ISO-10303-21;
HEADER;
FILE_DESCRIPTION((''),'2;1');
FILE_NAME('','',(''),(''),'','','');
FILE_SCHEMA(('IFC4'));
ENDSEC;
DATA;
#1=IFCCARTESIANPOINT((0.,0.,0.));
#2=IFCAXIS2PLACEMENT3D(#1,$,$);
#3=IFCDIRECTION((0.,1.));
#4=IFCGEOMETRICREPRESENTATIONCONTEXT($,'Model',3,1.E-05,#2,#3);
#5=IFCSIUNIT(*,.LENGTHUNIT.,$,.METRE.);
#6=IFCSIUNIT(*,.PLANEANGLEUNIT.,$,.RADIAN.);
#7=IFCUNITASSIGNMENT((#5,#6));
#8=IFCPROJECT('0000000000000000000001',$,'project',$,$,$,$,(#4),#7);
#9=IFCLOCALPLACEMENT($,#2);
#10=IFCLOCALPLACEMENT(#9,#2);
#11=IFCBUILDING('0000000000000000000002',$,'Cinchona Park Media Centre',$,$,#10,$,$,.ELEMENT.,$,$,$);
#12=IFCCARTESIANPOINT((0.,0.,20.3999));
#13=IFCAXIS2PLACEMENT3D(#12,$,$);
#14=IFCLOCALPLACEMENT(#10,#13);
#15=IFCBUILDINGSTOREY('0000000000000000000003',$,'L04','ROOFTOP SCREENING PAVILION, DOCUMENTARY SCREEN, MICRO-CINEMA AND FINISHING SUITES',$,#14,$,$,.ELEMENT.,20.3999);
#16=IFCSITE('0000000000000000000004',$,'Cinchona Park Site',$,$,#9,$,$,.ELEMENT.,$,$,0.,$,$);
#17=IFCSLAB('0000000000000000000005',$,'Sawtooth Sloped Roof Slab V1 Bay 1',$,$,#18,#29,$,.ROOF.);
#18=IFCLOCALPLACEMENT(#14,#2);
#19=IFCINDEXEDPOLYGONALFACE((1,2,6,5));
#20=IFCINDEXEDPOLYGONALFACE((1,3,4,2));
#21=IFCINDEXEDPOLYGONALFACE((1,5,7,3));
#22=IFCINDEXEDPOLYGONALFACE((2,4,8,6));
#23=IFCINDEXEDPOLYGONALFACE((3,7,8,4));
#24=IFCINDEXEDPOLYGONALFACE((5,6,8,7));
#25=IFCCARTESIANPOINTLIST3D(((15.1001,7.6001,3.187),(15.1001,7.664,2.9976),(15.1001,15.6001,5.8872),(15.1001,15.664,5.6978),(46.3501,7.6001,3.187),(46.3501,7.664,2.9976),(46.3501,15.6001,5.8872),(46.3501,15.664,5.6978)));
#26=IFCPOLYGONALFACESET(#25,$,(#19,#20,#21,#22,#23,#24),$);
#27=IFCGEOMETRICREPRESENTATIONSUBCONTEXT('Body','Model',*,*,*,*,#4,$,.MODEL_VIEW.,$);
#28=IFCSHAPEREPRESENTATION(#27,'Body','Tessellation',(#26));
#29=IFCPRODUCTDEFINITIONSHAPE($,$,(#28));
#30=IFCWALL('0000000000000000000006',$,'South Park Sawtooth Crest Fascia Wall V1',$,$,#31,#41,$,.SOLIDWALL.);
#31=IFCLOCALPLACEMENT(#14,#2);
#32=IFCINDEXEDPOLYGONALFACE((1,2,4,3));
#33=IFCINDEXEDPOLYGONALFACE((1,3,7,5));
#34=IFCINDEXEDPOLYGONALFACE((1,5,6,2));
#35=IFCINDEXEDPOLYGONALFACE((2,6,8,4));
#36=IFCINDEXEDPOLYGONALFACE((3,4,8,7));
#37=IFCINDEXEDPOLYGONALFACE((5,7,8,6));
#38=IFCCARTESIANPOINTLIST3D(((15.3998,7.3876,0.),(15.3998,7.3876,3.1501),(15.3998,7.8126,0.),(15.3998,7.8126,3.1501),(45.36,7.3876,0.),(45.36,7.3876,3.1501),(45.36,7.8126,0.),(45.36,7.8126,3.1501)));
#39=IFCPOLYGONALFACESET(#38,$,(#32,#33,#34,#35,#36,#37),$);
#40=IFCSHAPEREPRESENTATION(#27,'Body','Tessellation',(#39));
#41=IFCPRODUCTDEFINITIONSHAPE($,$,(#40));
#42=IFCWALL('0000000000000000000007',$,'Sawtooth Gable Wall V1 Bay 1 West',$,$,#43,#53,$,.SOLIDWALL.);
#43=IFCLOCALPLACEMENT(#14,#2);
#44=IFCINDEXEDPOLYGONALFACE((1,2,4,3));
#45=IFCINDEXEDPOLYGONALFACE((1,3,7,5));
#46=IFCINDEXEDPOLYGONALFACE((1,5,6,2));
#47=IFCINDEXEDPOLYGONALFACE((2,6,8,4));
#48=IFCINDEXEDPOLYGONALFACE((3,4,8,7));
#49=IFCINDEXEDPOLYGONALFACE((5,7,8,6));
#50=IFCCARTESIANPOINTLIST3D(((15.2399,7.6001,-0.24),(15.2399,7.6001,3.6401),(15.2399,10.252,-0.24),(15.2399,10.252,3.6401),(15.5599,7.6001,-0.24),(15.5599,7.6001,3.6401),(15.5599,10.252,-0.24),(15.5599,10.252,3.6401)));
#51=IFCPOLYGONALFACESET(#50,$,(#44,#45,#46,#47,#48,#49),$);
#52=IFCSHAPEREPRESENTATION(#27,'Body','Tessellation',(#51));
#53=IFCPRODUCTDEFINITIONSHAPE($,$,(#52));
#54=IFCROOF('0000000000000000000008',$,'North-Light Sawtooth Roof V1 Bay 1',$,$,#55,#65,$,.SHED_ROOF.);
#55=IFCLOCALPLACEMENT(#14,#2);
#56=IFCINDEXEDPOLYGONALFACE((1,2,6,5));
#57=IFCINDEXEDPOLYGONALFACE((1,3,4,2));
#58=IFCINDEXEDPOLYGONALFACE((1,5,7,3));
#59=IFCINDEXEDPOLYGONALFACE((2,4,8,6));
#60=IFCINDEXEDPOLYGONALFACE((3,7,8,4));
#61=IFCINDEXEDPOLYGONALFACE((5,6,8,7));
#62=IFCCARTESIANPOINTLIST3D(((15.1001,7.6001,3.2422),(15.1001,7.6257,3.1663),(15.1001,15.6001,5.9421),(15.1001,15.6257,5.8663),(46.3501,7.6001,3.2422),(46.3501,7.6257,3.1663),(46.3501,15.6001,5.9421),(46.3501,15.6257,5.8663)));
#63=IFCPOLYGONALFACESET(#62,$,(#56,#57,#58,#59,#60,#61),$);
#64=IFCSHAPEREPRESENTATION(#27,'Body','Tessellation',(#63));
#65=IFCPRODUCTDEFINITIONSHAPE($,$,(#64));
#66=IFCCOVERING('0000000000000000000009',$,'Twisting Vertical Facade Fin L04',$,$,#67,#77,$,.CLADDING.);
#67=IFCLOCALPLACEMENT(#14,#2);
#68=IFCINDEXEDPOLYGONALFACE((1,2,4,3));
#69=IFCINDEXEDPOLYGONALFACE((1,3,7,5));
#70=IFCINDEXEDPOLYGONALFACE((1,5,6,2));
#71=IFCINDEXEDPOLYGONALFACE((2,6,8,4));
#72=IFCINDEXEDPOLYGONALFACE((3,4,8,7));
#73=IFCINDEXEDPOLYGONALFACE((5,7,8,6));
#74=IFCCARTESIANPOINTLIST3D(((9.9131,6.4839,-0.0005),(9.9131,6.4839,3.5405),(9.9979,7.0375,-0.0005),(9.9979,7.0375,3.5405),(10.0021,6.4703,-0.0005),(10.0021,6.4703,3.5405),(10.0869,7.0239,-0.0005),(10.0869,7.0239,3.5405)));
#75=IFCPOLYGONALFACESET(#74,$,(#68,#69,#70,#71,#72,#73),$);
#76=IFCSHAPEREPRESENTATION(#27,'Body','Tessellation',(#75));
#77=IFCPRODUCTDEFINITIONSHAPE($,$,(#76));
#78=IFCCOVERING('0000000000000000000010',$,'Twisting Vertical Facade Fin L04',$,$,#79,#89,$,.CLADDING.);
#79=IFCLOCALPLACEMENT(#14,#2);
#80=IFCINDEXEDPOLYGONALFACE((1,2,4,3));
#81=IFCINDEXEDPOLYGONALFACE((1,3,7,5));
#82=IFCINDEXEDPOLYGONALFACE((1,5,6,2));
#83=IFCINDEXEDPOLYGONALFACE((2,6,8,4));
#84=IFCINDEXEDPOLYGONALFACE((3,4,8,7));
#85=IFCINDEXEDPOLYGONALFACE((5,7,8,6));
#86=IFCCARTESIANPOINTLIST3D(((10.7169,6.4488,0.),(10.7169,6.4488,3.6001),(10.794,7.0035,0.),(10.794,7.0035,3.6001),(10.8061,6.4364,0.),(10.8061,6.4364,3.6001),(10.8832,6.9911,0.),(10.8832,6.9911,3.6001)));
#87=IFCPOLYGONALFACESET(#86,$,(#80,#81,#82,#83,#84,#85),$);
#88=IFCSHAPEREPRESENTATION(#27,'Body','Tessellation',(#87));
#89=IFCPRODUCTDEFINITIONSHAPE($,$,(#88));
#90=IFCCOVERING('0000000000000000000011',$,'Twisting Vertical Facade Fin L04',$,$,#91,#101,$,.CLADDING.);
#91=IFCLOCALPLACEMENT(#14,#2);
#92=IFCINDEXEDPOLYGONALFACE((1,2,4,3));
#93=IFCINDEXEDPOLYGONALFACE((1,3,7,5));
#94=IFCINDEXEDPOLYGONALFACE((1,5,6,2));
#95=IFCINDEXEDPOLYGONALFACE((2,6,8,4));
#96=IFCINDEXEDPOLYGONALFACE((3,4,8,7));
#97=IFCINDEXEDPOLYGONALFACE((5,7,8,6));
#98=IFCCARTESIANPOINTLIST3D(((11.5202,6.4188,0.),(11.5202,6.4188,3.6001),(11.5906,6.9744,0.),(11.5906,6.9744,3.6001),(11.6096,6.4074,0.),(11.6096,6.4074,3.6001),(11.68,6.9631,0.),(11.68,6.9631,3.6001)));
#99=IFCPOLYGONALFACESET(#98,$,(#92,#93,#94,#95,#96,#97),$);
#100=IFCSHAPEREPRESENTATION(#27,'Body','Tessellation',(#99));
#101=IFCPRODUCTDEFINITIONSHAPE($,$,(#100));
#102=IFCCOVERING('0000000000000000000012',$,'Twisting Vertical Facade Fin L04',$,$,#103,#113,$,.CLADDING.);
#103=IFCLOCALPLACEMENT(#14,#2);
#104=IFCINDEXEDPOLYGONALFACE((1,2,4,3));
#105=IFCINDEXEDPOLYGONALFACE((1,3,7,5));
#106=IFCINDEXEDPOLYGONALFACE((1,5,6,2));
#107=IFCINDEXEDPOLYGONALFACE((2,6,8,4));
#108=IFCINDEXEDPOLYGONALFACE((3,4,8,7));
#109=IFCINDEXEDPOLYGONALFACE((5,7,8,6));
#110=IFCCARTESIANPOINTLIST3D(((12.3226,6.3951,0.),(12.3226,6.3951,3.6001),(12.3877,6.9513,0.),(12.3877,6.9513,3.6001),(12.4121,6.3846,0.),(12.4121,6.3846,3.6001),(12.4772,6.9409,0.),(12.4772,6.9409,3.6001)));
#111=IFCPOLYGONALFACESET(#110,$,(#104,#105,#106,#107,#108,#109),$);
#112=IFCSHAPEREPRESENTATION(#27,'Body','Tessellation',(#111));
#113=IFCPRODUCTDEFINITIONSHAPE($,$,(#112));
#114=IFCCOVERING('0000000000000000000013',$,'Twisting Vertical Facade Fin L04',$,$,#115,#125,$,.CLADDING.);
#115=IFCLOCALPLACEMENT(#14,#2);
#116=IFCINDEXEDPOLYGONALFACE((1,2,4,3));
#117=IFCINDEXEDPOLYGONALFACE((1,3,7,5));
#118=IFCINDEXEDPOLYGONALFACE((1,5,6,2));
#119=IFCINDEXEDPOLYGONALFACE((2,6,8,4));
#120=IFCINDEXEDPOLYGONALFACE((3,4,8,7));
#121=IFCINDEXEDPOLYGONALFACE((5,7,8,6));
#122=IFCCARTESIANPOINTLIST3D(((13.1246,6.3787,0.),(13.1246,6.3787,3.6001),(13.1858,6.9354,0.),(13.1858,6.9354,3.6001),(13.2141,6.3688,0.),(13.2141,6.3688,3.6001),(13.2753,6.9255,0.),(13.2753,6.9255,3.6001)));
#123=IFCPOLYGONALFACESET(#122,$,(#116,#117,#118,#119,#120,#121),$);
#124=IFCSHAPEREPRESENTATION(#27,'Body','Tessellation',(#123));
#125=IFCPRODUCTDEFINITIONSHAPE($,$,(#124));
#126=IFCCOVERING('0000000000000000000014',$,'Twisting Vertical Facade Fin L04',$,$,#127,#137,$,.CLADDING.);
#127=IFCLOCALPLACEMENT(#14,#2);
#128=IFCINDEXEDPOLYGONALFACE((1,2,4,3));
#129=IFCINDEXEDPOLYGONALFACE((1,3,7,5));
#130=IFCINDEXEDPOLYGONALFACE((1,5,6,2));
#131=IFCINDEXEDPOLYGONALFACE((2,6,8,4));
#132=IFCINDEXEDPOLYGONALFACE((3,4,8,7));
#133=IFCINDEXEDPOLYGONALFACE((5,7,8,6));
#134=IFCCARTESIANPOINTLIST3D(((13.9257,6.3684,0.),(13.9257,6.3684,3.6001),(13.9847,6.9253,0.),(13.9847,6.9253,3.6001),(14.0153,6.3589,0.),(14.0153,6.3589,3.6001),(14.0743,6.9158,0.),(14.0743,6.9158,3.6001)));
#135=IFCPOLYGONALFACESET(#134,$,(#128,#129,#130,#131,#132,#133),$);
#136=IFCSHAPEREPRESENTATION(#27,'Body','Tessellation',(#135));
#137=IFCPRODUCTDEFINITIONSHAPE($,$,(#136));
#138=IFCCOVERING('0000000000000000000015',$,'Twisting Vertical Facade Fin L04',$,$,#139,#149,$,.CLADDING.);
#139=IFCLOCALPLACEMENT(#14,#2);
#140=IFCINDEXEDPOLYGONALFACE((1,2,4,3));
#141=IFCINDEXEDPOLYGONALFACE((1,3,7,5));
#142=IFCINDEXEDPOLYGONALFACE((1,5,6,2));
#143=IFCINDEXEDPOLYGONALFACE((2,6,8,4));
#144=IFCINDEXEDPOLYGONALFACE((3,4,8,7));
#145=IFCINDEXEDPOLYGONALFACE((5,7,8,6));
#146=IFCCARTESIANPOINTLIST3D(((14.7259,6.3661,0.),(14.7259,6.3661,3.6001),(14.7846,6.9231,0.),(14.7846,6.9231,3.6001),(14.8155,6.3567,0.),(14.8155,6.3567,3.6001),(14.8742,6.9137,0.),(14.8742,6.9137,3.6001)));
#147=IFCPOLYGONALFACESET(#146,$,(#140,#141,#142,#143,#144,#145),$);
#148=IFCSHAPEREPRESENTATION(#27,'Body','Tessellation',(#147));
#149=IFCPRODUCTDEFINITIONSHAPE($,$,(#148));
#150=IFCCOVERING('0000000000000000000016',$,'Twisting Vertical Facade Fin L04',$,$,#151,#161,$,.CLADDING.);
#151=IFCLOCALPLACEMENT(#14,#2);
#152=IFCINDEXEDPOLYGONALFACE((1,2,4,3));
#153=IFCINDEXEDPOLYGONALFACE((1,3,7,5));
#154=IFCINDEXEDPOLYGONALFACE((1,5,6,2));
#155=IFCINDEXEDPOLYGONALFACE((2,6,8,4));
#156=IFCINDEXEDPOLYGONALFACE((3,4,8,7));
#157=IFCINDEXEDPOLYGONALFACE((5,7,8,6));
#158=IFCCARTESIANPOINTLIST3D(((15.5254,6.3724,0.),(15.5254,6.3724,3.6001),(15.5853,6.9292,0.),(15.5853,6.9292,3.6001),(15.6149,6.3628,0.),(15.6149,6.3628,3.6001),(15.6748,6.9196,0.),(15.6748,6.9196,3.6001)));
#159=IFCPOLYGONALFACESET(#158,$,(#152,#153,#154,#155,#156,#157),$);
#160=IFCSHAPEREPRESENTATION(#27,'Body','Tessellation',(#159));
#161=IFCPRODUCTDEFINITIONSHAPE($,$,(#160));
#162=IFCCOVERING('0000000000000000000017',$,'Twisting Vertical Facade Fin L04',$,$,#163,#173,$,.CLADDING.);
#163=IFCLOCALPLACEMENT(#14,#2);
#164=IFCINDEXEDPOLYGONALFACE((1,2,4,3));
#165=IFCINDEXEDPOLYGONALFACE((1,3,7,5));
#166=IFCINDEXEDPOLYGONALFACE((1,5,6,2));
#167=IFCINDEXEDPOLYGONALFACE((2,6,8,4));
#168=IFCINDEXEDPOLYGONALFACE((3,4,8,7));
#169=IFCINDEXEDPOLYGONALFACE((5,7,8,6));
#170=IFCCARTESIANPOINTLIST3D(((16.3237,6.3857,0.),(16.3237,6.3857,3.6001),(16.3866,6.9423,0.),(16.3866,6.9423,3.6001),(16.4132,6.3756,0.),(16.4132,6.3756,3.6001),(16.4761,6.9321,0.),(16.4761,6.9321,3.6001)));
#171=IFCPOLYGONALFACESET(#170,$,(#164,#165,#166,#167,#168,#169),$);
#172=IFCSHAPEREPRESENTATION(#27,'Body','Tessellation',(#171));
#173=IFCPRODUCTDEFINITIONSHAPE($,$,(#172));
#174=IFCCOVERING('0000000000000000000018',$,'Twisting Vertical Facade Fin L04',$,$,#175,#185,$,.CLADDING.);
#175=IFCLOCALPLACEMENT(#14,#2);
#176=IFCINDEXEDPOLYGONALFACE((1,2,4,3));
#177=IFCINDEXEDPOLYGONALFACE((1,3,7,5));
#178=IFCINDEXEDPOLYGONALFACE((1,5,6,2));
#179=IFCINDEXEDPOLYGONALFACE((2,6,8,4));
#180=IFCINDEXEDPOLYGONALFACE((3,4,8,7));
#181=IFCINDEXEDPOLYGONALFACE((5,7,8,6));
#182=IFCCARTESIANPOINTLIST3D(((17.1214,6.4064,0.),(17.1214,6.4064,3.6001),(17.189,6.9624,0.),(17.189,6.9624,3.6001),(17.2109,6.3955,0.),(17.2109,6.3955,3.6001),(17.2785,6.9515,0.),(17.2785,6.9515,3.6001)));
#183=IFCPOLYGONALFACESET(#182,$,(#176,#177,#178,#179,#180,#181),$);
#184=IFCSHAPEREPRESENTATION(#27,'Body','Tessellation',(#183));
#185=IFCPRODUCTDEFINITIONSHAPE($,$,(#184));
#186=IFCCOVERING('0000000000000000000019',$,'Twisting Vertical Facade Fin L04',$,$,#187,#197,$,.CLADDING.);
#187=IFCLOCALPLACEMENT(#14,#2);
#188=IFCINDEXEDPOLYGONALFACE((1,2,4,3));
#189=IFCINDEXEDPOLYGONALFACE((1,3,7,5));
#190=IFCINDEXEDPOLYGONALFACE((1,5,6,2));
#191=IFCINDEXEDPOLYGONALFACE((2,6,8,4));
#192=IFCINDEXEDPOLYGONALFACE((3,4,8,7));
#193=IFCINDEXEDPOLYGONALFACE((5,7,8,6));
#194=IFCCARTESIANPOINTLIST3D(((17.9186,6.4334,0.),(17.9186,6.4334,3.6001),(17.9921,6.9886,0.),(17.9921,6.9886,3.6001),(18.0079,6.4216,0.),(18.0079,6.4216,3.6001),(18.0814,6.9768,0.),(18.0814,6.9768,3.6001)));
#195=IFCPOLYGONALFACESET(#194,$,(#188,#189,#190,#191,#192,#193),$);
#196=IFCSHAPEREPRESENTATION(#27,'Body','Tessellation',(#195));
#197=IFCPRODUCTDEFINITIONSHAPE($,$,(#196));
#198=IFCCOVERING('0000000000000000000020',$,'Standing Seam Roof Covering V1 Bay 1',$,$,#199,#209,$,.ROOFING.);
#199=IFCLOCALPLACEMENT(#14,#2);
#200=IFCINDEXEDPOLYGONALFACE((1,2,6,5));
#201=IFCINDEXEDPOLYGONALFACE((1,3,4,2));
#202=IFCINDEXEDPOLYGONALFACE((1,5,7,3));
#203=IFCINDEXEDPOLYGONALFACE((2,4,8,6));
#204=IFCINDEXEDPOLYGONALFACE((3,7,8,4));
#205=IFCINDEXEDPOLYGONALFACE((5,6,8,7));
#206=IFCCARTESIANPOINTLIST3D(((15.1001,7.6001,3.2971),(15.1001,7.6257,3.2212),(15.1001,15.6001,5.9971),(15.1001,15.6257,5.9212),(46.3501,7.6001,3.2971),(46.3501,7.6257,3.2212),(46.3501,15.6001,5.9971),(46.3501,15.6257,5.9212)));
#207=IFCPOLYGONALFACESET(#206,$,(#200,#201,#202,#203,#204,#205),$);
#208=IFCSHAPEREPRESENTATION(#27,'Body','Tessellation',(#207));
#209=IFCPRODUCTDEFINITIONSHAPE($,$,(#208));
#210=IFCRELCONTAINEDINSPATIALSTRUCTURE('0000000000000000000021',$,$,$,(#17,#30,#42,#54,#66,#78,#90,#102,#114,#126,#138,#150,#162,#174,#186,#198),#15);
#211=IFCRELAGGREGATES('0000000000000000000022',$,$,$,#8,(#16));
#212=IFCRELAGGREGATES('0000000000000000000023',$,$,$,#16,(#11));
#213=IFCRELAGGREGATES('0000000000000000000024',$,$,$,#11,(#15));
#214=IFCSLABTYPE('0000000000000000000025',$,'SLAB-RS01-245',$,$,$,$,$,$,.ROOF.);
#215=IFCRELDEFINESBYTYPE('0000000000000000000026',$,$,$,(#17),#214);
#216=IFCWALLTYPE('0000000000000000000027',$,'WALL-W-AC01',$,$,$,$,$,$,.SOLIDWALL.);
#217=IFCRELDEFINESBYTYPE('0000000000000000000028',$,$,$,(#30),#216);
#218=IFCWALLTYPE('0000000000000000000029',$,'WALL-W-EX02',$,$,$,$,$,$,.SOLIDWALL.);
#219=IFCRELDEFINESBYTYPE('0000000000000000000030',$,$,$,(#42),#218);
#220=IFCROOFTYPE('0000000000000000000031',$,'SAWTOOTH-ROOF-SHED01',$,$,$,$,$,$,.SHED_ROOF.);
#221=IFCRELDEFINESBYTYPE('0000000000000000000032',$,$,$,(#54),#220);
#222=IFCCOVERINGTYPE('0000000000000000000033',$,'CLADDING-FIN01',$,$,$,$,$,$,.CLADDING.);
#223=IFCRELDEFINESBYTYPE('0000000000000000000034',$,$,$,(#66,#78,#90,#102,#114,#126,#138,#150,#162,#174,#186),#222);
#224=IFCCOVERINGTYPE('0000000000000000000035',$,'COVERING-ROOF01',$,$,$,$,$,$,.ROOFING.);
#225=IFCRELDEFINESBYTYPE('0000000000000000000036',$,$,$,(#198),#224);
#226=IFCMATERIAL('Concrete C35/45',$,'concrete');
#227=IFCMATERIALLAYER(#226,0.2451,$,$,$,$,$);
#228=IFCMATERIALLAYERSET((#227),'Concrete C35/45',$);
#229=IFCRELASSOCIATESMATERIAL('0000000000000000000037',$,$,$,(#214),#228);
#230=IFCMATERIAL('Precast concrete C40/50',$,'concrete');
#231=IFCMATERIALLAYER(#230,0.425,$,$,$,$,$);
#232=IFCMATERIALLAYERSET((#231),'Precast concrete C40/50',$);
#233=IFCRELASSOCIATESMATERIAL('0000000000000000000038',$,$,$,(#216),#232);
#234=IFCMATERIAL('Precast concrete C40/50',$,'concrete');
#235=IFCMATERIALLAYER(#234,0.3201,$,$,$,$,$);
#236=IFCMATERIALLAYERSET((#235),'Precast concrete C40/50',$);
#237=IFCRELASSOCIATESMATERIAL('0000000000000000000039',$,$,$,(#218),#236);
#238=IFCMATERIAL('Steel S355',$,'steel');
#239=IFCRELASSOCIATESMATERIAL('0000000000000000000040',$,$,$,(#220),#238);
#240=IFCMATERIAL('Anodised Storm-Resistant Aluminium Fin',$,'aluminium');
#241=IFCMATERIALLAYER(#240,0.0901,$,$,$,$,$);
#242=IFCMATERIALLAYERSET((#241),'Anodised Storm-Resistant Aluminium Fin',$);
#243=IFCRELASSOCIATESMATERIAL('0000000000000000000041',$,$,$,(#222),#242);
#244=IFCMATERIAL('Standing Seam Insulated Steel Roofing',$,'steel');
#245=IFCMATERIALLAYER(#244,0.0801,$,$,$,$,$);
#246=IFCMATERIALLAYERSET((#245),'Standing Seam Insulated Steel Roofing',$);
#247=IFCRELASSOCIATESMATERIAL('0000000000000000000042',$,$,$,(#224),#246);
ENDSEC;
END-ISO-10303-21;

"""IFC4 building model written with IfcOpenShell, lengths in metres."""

from ifc_helpers import new_model, si_unit, direction, frame, frame_2d, origin, origin_2d, place, context, subcontext, project, spatial, polyline, rectangle, outline, extrude, material, layer, layer_set, type_object, element, save


model = new_model("IFC4")

# Units and contexts
model_context = context("Model", 3, precision=1e-05, world=origin(), true_north=direction((0.0, 1.0)))
body_context = subcontext(model_context, "Body", "Model", "MODEL_VIEW")
ifc_project = project(units=[si_unit("LENGTHUNIT", "METRE"), si_unit("PLANEANGLEUNIT", "RADIAN")], contexts=[model_context])

# Site, building, storey
site_placement = place(None, origin())
site = spatial("IfcSite", under=ifc_project, at=site_placement, Name="Cinchona Park Site", CompositionType="ELEMENT", RefElevation=0.0)
building_placement = place(site_placement, origin())
building = spatial("IfcBuilding", under=site, at=building_placement, Name="Cinchona Park Media Centre", CompositionType="ELEMENT")
storey_placement = place(building_placement, frame((0.0, 0.0, 20.3999)))
storey = spatial("IfcBuildingStorey", under=building, at=storey_placement, Name="L04", Description="ROOFTOP SCREENING PAVILION, DOCUMENTARY SCREEN, MICRO-CINEMA AND FINISHING SUITES", CompositionType="ELEMENT", Elevation=20.3999)

# Slab
ifc_material_1 = material(Name="Concrete C35/45", Category="concrete")
ifc_layer_1 = layer(ifc_material_1, 0.2451)
ifc_layer_set_1 = layer_set([ifc_layer_1], Name="Concrete C35/45")
slab_type = type_object("IfcSlabType", Name="SLAB-RS01-245", PredefinedType="ROOF", material=ifc_layer_set_1)
slab_placement = place(storey_placement, frame((15.1001, 7.6001, 3.187), z_axis=(0.0, -0.319799, 0.947485), x_axis=(1.0, 0.0, 0.0)))
element("IfcSlab", 1, at=slab_placement, inside=storey, type_object=slab_type, Name="Sawtooth Sloped Roof Slab V1 Bay 1", PredefinedType="ROOF", context=body_context, shape_type="SweptSolid", body=[
    extrude(outline(polyline([(0.0, 0.0), (31.25, 0.0), (31.25, 8.4434), (0.0, 8.4434), (0.0, 0.0)])), origin(), (0.0, 0.0, -1.0), 0.2),
])

# Walls
ifc_material_2 = material(Name="Precast concrete C40/50", Category="concrete")
ifc_layer_2 = layer(ifc_material_2, 0.425)
ifc_layer_set_2 = layer_set([ifc_layer_2], Name="Precast concrete C40/50")
wall_type_1 = type_object("IfcWallType", Name="WALL-W-AC01", PredefinedType="SOLIDWALL", material=ifc_layer_set_2)
wall_1_placement = place(storey_placement, frame((15.3999, 7.6001, 0.0), z_axis=(0.0, 0.0, 1.0), x_axis=(1.0, 0.0, 0.0)))
element("IfcWall", 2, at=wall_1_placement, inside=storey, type_object=wall_type_1, Name="South Park Sawtooth Crest Fascia Wall V1", PredefinedType="SOLIDWALL", context=body_context, shape_type="SweptSolid", body=[
    extrude(rectangle(XDim=29.9602, YDim=0.425, at=frame_2d((14.98, 0.0))), origin(), (0.0, 0.0, 1.0), 3.1501),
])
ifc_material_3 = material(Name="Precast concrete C40/50", Category="concrete")
ifc_layer_3 = layer(ifc_material_3, 0.3201)
ifc_layer_set_3 = layer_set([ifc_layer_3], Name="Precast concrete C40/50")
wall_type_2 = type_object("IfcWallType", Name="WALL-W-EX02", PredefinedType="SOLIDWALL", material=ifc_layer_set_3)
wall_2_placement = place(storey_placement, frame((15.3999, 7.6001, -0.24), z_axis=(0.0, 0.0, 1.0), x_axis=(0.0, 1.0, 0.0)))
element("IfcWall", 3, at=wall_2_placement, inside=storey, type_object=wall_type_2, Name="Sawtooth Gable Wall V1 Bay 1 West", PredefinedType="SOLIDWALL", context=body_context, shape_type="SweptSolid", body=[
    extrude(rectangle(XDim=2.6519, YDim=0.3201, at=frame_2d((1.3259, 0.0))), origin(), (0.0, 0.0, 1.0), 3.8801),
])

# Roof
ifc_material_4 = material(Name="Steel S355", Category="steel")
roof_type = type_object("IfcRoofType", Name="SAWTOOTH-ROOF-SHED01", PredefinedType="SHED_ROOF", material=ifc_material_4)
roof_placement = place(storey_placement, frame((15.1001, 7.6001, 3.2422), z_axis=(0.0, -0.319773, 0.947494), x_axis=(1.0, 0.0, 0.0)))
element("IfcRoof", 4, at=roof_placement, inside=storey, type_object=roof_type, Name="North-Light Sawtooth Roof V1 Bay 1", PredefinedType="SHED_ROOF", context=body_context, shape_type="SweptSolid", body=[
    extrude(outline(polyline([(0.0, 0.0), (31.25, 0.0), (31.25, 8.4433), (0.0, 8.4433), (0.0, 0.0)])), origin(), (0.0, 0.0, -1.0), 0.0801),
])

# Coverings
ifc_material_5 = material(Name="Anodised Storm-Resistant Aluminium Fin", Category="aluminium")
ifc_layer_4 = layer(ifc_material_5, 0.0901)
ifc_layer_set_4 = layer_set([ifc_layer_4], Name="Anodised Storm-Resistant Aluminium Fin")
covering_type_1 = type_object("IfcCoveringType", Name="CLADDING-FIN01", PredefinedType="CLADDING", material=ifc_layer_set_4)
covering_1_placement = place(storey_placement, frame((10.0, 6.7539, -0.0005), z_axis=(0.0, 0.0, 1.0), x_axis=(0.151433, 0.988467, 0.0)))
element("IfcCovering", 5, at=covering_1_placement, inside=storey, type_object=covering_type_1, Name="Twisting Vertical Facade Fin L04", PredefinedType="CLADDING", context=body_context, shape_type="SweptSolid", body=[
    extrude(rectangle(XDim=0.5601, YDim=0.0901, at=origin_2d()), origin(), (0.0, 0.0, 1.0), 3.541),
])
for number, where, z_axis, x_axis, name in (
    (6, (10.8, 6.72, 0.0), (0.0, 0.0, 1.0), (0.137617, 0.990485, 0.0), "Twisting Vertical Facade Fin L04"),
    (7, (11.6001, 6.6909, 0.0), (0.0, 0.0, 1.0), (0.12568, 0.992071, 0.0), "Twisting Vertical Facade Fin L04"),
    (8, (12.3999, 6.668, 0.0), (0.0, 0.0, 1.0), (0.116151, 0.993232, 0.0), "Twisting Vertical Facade Fin L04"),
    (9, (13.2, 6.6521, 0.0), (0.0, 0.0, 1.0), (0.109214, 0.994018, 0.0), "Twisting Vertical Facade Fin L04"),
    (10, (14.0, 6.6421, 0.0), (0.0, 0.0, 1.0), (0.105396, 0.99443, 0.0), "Twisting Vertical Facade Fin L04"),
    (11, (14.8, 6.6399, 0.0), (0.0, 0.0, 1.0), (0.104702, 0.994504, 0.0), "Twisting Vertical Facade Fin L04"),
    (12, (15.6001, 6.646, 0.0), (0.0, 0.0, 1.0), (0.106958, 0.994264, 0.0), "Twisting Vertical Facade Fin L04"),
    (13, (16.3999, 6.6589, 0.0), (0.0, 0.0, 1.0), (0.112336, 0.99367, 0.0), "Twisting Vertical Facade Fin L04"),
    (14, (17.2, 6.679, 0.0), (0.0, 0.0, 1.0), (0.120657, 0.992694, 0.0), "Twisting Vertical Facade Fin L04"),
    (15, (18.0, 6.7051, 0.0), (0.0, 0.0, 1.0), (0.131391, 0.991331, 0.0), "Twisting Vertical Facade Fin L04"),
):
    element("IfcCovering", number, at=place(storey_placement, frame(where, z_axis=z_axis, x_axis=x_axis)), inside=storey, type_object=covering_type_1, Name=name, PredefinedType="CLADDING", context=body_context, shape_type="SweptSolid", body=[
        extrude(rectangle(XDim=0.5601, YDim=0.0901, at=origin_2d()), origin(), (0.0, 0.0, 1.0), 3.6001),
    ])
ifc_material_6 = material(Name="Standing Seam Insulated Steel Roofing", Category="steel")
ifc_layer_5 = layer(ifc_material_6, 0.0801)
ifc_layer_set_5 = layer_set([ifc_layer_5], Name="Standing Seam Insulated Steel Roofing")
covering_type_2 = type_object("IfcCoveringType", Name="COVERING-ROOF01", PredefinedType="ROOFING", material=ifc_layer_set_5)
covering_2_placement = place(storey_placement, frame((15.1001, 7.6001, 3.2971), z_axis=(0.0, -0.319773, 0.947494), x_axis=(1.0, 0.0, 0.0)))
element("IfcCovering", 16, at=covering_2_placement, inside=storey, type_object=covering_type_2, Name="Standing Seam Roof Covering V1 Bay 1", PredefinedType="ROOFING", context=body_context, shape_type="SweptSolid", body=[
    extrude(outline(polyline([(0.0, 0.0), (31.25, 0.0), (31.25, 8.4433), (0.0, 8.4433), (0.0, 0.0)])), origin(), (0.0, 0.0, -1.0), 0.0801),
])

save(model, "model.ifc")
